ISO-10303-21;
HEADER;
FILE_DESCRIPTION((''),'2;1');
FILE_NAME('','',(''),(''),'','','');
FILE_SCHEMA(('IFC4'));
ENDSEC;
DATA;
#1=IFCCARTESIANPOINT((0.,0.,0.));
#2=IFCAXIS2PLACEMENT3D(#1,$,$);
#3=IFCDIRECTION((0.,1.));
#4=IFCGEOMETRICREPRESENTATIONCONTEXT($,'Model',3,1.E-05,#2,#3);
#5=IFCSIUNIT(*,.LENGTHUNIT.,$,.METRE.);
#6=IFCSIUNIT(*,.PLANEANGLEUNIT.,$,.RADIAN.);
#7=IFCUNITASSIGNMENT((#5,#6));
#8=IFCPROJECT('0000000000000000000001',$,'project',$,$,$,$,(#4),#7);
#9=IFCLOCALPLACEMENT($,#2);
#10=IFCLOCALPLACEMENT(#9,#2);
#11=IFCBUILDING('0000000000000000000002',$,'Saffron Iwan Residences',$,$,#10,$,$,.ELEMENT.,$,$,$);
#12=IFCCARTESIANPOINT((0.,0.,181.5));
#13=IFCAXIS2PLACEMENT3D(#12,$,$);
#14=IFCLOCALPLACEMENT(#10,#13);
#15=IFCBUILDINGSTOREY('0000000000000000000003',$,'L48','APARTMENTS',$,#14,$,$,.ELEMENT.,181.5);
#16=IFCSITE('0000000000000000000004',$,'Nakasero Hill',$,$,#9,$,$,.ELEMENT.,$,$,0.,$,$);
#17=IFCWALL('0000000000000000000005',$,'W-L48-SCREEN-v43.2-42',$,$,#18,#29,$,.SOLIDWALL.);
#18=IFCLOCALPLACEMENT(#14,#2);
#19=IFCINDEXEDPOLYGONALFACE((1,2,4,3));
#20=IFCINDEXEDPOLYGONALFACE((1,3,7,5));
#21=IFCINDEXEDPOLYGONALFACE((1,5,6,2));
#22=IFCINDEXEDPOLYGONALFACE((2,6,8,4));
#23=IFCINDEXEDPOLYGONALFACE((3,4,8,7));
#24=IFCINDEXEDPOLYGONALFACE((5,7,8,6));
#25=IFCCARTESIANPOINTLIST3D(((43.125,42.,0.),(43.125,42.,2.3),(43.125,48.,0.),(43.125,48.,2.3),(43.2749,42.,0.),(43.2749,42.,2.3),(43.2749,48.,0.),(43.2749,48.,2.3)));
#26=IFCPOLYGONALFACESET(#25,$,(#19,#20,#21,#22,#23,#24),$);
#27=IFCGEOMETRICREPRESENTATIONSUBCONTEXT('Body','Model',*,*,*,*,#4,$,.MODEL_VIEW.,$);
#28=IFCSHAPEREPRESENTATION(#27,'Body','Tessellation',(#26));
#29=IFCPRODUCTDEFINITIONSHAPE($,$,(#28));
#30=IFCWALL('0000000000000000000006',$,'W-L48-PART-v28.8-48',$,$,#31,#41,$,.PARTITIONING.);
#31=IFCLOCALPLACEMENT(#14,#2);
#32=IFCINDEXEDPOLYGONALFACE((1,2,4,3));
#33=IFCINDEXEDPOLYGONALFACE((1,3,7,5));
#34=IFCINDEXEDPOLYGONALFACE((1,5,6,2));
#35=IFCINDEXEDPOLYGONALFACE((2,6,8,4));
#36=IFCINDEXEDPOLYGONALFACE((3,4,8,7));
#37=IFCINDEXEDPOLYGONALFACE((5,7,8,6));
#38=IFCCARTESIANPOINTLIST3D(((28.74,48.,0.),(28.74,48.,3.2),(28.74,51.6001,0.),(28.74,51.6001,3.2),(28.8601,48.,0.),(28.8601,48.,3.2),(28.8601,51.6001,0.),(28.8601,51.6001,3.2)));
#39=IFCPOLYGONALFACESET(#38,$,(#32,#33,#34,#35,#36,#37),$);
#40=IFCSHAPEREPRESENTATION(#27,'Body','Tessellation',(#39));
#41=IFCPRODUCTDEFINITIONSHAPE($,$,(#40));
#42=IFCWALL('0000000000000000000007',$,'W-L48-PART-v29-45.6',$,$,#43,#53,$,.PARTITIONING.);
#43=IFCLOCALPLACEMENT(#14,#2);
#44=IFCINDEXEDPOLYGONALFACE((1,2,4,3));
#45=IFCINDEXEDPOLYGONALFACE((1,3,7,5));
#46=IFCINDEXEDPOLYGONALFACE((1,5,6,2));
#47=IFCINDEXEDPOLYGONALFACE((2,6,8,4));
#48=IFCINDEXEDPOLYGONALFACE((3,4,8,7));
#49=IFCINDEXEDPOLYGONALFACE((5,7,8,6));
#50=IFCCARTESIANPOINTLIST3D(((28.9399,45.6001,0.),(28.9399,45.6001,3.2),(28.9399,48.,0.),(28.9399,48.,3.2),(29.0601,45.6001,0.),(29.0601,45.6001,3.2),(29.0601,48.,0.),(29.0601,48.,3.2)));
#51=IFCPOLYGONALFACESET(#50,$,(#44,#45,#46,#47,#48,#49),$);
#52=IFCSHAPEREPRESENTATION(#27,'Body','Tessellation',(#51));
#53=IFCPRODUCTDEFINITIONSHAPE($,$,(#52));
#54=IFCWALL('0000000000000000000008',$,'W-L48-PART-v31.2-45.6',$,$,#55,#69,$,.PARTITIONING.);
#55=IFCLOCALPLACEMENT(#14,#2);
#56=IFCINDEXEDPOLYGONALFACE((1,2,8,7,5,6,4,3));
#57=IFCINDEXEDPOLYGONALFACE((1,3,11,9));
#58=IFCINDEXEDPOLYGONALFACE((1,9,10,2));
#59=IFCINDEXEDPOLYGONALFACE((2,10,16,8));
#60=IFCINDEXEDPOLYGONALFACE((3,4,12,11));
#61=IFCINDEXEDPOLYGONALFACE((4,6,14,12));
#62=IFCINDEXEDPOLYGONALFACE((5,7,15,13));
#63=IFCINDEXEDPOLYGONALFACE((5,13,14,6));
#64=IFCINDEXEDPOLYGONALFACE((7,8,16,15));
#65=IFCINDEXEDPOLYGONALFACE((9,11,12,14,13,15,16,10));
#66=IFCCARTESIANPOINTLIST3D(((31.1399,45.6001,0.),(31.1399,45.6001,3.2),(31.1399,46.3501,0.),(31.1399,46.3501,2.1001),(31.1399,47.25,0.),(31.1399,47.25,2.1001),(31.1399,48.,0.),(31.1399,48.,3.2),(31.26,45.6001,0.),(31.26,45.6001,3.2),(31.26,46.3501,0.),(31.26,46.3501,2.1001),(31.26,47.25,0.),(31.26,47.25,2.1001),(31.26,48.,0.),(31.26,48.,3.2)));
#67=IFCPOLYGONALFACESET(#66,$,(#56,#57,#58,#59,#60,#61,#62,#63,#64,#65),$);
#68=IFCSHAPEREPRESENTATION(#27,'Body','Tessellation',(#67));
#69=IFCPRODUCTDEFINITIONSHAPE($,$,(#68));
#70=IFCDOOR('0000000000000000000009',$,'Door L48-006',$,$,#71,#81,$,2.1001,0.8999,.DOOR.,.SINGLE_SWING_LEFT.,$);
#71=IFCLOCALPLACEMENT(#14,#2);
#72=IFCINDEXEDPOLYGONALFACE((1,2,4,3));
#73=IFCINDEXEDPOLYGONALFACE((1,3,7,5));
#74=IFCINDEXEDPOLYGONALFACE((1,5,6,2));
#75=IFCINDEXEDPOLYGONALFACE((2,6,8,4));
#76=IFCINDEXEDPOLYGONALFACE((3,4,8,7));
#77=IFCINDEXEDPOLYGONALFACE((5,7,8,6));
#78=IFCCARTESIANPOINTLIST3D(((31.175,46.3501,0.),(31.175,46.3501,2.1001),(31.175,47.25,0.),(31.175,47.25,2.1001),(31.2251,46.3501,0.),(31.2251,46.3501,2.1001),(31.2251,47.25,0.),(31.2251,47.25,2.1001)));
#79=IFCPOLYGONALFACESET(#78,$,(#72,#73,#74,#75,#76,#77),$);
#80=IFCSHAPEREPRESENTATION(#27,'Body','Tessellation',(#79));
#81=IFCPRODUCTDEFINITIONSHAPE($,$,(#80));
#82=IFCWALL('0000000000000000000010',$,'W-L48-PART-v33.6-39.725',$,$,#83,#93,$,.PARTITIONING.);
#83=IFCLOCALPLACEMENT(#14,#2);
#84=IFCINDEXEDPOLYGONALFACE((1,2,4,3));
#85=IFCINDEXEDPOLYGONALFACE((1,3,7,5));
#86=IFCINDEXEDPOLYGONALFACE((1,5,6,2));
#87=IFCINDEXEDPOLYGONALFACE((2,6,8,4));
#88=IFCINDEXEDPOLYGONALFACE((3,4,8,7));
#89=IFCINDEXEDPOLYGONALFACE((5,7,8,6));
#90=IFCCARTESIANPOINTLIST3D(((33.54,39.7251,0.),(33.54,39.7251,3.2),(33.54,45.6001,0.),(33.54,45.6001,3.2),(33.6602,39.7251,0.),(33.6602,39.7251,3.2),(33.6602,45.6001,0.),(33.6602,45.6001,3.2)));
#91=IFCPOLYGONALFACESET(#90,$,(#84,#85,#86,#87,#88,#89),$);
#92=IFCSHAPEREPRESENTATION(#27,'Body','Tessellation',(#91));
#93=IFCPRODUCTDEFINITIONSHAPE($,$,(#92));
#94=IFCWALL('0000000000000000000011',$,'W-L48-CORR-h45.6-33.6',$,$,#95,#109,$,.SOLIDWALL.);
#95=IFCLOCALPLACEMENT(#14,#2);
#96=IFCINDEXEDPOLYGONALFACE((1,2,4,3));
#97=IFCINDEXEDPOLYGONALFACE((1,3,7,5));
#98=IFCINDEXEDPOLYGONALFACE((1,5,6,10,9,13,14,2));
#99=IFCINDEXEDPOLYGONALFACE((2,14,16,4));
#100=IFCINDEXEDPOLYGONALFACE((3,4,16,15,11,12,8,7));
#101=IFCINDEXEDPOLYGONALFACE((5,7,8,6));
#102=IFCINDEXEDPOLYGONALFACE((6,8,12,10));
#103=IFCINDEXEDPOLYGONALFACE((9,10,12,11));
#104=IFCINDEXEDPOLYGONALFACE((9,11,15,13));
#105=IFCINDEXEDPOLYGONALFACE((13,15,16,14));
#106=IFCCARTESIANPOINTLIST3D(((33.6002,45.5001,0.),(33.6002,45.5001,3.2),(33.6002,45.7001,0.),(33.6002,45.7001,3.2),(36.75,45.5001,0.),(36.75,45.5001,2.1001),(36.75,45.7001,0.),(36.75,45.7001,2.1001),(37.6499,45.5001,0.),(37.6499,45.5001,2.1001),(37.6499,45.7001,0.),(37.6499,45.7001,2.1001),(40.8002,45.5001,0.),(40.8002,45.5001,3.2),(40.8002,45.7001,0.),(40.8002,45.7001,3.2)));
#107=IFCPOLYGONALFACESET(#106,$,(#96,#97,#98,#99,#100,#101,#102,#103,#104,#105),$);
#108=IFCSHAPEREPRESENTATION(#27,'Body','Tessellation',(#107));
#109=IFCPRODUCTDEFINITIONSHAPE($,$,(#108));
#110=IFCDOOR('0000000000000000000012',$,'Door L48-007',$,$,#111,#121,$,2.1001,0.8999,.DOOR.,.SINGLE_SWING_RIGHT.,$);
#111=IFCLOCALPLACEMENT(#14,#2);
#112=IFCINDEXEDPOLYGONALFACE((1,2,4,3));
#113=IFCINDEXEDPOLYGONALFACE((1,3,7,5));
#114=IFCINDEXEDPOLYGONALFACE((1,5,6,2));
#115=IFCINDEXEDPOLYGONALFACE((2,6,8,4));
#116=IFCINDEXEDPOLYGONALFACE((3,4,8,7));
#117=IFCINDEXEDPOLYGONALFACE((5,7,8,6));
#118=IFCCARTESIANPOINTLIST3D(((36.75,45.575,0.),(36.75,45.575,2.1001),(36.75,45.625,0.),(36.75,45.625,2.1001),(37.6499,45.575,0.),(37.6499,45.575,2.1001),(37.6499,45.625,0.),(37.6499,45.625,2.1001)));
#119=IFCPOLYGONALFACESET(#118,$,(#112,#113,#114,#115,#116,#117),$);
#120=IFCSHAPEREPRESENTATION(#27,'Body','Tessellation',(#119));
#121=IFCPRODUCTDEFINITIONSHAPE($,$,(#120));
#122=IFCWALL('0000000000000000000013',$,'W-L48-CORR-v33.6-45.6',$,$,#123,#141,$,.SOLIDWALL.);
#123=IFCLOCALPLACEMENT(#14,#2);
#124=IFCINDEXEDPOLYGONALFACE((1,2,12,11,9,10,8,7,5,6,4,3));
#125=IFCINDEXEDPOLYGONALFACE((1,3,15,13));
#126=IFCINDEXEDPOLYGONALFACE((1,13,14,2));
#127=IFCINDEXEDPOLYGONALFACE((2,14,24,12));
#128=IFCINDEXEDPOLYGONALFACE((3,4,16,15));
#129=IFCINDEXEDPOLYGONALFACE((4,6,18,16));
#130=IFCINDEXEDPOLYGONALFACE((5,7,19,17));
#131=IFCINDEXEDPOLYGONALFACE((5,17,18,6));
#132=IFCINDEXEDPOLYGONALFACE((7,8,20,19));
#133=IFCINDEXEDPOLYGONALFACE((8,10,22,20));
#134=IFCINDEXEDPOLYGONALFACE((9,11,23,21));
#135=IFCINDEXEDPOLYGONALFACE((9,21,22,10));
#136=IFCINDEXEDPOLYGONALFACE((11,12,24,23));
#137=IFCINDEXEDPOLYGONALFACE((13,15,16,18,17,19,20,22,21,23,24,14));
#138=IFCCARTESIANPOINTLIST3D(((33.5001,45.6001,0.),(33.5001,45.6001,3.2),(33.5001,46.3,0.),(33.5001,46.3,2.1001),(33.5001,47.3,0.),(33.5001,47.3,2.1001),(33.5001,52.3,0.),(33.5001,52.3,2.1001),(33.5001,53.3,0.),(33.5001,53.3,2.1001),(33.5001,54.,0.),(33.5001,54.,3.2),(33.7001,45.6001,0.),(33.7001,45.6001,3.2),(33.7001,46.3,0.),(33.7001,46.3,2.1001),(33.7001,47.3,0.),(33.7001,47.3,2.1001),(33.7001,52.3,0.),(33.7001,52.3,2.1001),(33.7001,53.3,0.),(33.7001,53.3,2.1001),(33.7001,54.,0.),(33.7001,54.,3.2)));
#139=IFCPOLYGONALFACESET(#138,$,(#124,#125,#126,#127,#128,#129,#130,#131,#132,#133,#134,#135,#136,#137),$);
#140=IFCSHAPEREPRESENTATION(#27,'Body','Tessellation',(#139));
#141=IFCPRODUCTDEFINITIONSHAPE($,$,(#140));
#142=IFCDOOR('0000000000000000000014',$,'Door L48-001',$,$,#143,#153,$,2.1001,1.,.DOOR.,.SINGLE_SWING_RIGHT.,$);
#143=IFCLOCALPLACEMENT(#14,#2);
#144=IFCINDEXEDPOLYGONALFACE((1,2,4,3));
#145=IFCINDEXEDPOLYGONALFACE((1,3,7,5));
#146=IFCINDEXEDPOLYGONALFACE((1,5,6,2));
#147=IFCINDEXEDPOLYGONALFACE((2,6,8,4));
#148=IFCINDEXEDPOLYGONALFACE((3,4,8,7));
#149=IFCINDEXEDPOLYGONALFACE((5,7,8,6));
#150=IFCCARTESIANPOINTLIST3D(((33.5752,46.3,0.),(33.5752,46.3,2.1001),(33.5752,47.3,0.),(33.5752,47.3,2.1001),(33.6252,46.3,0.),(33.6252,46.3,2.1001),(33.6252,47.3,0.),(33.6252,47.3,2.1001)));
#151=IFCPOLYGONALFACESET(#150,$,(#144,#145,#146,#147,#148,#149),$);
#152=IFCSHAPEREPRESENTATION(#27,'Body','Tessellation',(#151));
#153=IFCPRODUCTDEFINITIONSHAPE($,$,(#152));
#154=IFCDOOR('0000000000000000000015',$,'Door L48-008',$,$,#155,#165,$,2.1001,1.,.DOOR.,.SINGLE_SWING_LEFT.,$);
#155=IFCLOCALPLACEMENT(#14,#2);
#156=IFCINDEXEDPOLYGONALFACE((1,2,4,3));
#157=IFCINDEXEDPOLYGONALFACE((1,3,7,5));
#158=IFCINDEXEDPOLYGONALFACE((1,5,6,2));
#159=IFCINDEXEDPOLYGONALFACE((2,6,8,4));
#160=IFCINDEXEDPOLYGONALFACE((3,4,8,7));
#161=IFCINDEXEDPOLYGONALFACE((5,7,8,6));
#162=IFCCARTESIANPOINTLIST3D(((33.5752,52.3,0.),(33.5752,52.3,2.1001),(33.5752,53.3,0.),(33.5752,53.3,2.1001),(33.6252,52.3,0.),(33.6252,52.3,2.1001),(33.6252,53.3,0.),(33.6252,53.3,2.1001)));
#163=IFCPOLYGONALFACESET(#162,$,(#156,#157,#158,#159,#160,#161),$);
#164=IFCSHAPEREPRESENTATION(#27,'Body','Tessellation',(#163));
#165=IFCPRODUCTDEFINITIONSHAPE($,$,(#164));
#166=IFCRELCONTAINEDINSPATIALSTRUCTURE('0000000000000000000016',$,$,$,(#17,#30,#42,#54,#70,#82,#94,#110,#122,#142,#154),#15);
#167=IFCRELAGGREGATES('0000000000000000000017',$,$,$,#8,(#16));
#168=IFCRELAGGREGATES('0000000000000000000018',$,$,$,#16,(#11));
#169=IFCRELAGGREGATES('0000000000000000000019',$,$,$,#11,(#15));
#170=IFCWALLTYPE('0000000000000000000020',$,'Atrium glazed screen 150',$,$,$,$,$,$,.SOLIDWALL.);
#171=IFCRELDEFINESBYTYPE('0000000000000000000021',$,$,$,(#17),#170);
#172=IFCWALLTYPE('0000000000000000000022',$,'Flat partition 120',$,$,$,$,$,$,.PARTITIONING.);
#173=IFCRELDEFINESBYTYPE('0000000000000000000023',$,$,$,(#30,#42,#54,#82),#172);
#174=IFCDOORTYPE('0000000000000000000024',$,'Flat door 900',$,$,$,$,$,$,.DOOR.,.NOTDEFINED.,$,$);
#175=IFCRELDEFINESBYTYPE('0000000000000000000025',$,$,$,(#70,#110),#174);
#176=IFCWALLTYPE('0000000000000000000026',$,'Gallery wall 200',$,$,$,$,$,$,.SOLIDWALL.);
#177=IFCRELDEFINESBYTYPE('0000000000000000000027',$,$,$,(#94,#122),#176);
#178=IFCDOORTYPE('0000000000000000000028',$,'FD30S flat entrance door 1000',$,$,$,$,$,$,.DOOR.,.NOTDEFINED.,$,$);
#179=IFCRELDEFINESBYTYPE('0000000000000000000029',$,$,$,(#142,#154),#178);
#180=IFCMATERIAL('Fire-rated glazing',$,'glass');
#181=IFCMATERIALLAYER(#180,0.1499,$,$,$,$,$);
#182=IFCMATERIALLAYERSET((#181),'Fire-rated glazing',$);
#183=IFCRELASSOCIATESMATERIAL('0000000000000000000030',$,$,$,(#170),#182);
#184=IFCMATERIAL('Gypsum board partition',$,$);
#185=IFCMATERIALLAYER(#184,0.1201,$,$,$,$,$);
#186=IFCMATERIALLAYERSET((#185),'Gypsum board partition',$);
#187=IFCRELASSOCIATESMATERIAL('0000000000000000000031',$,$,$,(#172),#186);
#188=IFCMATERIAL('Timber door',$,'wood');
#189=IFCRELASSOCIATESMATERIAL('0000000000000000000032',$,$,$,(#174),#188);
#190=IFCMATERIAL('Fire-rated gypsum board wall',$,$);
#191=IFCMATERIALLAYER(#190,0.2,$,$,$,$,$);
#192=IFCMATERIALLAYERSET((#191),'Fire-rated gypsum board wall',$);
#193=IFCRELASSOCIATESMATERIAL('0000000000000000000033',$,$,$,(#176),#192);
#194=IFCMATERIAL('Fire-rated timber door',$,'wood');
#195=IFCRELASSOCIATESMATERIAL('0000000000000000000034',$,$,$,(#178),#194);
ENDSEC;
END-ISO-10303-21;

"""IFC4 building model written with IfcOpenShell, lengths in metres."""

from ifc_helpers import new_model, si_unit, direction, frame, frame_2d, origin, place, context, subcontext, project, spatial, rectangle, extrude, material, layer, layer_set, type_object, element, fill, save


model = new_model("IFC4")

# Units and contexts
model_context = context("Model", 3, precision=1e-05, world=origin(), true_north=direction((0.0, 1.0)))
body_context = subcontext(model_context, "Body", "Model", "MODEL_VIEW")
ifc_project = project(units=[si_unit("LENGTHUNIT", "METRE"), si_unit("PLANEANGLEUNIT", "RADIAN")], contexts=[model_context])

# Site, building, storey
site_placement = place(None, origin())
site = spatial("IfcSite", under=ifc_project, at=site_placement, Name="Nakasero Hill", CompositionType="ELEMENT", RefElevation=0.0)
building_placement = place(site_placement, origin())
building = spatial("IfcBuilding", under=site, at=building_placement, Name="Saffron Iwan Residences", CompositionType="ELEMENT")
storey_placement = place(building_placement, frame((0.0, 0.0, 181.5)))
storey = spatial("IfcBuildingStorey", under=building, at=storey_placement, Name="L48", Description="APARTMENTS", CompositionType="ELEMENT", Elevation=181.5)

# Walls
ifc_material_1 = material(Name="Fire-rated glazing", Category="glass")
ifc_layer_1 = layer(ifc_material_1, 0.1499)
ifc_layer_set_1 = layer_set([ifc_layer_1], Name="Fire-rated glazing")
wall_type_1 = type_object("IfcWallType", Name="Atrium glazed screen 150", PredefinedType="SOLIDWALL", material=ifc_layer_set_1)
wall_1_placement = place(storey_placement, frame((43.2, 42.0, 0.0), z_axis=(0.0, 0.0, 1.0), x_axis=(0.0, 1.0, 0.0)))
element("IfcWall", 1, at=wall_1_placement, inside=storey, type_object=wall_type_1, Name="W-L48-SCREEN-v43.2-42", PredefinedType="SOLIDWALL", context=body_context, shape_type="SweptSolid", body=[
    extrude(rectangle(XDim=6.0, YDim=0.1499, at=frame_2d((3.0, 0.0))), origin(), (0.0, 0.0, 1.0), 2.3),
])
ifc_material_2 = material(Name="Gypsum board partition")
ifc_layer_2 = layer(ifc_material_2, 0.1201)
ifc_layer_set_2 = layer_set([ifc_layer_2], Name="Gypsum board partition")
wall_type_2 = type_object("IfcWallType", Name="Flat partition 120", PredefinedType="PARTITIONING", material=ifc_layer_set_2)
wall_2_placement = place(storey_placement, frame((28.8, 48.0, 0.0), z_axis=(0.0, 0.0, 1.0), x_axis=(0.0, 1.0, 0.0)))
element("IfcWall", 2, at=wall_2_placement, inside=storey, type_object=wall_type_2, Name="W-L48-PART-v28.8-48", PredefinedType="PARTITIONING", context=body_context, shape_type="SweptSolid", body=[
    extrude(rectangle(XDim=3.6001, YDim=0.1201, at=frame_2d((1.8, 0.0))), origin(), (0.0, 0.0, 1.0), 3.2),
])
wall_3_placement = place(storey_placement, frame((29.0, 45.6001, 0.0), z_axis=(0.0, 0.0, 1.0), x_axis=(0.0, 1.0, 0.0)))
element("IfcWall", 3, at=wall_3_placement, inside=storey, type_object=wall_type_2, Name="W-L48-PART-v29-45.6", PredefinedType="PARTITIONING", context=body_context, shape_type="SweptSolid", body=[
    extrude(rectangle(XDim=2.3999, YDim=0.1201, at=frame_2d((1.2, 0.0))), origin(), (0.0, 0.0, 1.0), 3.2),
])

# Wall, opening, door
wall_4_placement = place(storey_placement, frame((31.2, 45.6001, 0.0), z_axis=(0.0, 0.0, 1.0), x_axis=(0.0, 1.0, 0.0)))
wall_4 = element("IfcWall", 4, at=wall_4_placement, inside=storey, type_object=wall_type_2, Name="W-L48-PART-v31.2-45.6", PredefinedType="PARTITIONING", context=body_context, shape_type="SweptSolid", body=[
    extrude(rectangle(XDim=2.3999, YDim=0.1201, at=frame_2d((1.2, 0.0))), origin(), (0.0, 0.0, 1.0), 3.2),
])
opening_1_placement = place(wall_4_placement, frame((0.75, 0.0, 0.0)))
opening_1 = element("IfcOpeningElement", 5, at=opening_1_placement, cuts=wall_4, PredefinedType="OPENING", context=body_context, shape_type="SweptSolid", body=[
    extrude(rectangle(XDim=0.8999, YDim=2.1001, at=frame_2d((0.45, 1.05))), frame((0.0, 0.0701, 0.0), z_axis=(0.0, -1.0, 0.0), x_axis=(1.0, 0.0, 0.0)), (0.0, 0.0, 1.0), 0.1401),
])
ifc_material_3 = material(Name="Timber door", Category="wood")
door_type_1 = type_object("IfcDoorType", Name="Flat door 900", OperationType="NOTDEFINED", PredefinedType="DOOR", material=ifc_material_3)
door_1_placement = place(opening_1_placement, origin())
door_1 = element("IfcDoor", 6, at=door_1_placement, inside=storey, type_object=door_type_1, Name="Door L48-006", OperationType="SINGLE_SWING_LEFT", OverallHeight=2.1001, OverallWidth=0.8999, PredefinedType="DOOR", context=body_context, shape_type="SweptSolid", body=[
    extrude(rectangle(XDim=0.8999, YDim=2.1001, at=frame_2d((0.45, 1.05))), frame((0.0, 0.0249, 0.0), z_axis=(0.0, -1.0, 0.0), x_axis=(1.0, 0.0, 0.0)), (0.0, 0.0, 1.0), 0.05),
])
fill(opening_1, door_1)

# Wall
wall_5_placement = place(storey_placement, frame((33.6001, 39.7251, 0.0), z_axis=(0.0, 0.0, 1.0), x_axis=(0.0, 1.0, 0.0)))
element("IfcWall", 7, at=wall_5_placement, inside=storey, type_object=wall_type_2, Name="W-L48-PART-v33.6-39.725", PredefinedType="PARTITIONING", context=body_context, shape_type="SweptSolid", body=[
    extrude(rectangle(XDim=5.875, YDim=0.1201, at=frame_2d((2.9375, 0.0))), origin(), (0.0, 0.0, 1.0), 3.2),
])

# Wall, opening, door
ifc_material_4 = material(Name="Fire-rated gypsum board wall")
ifc_layer_3 = layer(ifc_material_4, 0.2)
ifc_layer_set_3 = layer_set([ifc_layer_3], Name="Fire-rated gypsum board wall")
wall_type_3 = type_object("IfcWallType", Name="Gallery wall 200", PredefinedType="SOLIDWALL", material=ifc_layer_set_3)
wall_6_placement = place(storey_placement, frame((33.6001, 45.6001, 0.0), z_axis=(0.0, 0.0, 1.0), x_axis=(1.0, 0.0, 0.0)))
wall_6 = element("IfcWall", 8, at=wall_6_placement, inside=storey, type_object=wall_type_3, Name="W-L48-CORR-h45.6-33.6", PredefinedType="SOLIDWALL", context=body_context, shape_type="SweptSolid", body=[
    extrude(rectangle(XDim=7.2, YDim=0.2, at=frame_2d((3.6001, 0.0))), origin(), (0.0, 0.0, 1.0), 3.2),
])
opening_2_placement = place(wall_6_placement, frame((3.1499, 0.0, 0.0)))
opening_2 = element("IfcOpeningElement", 9, at=opening_2_placement, cuts=wall_6, PredefinedType="OPENING", context=body_context, shape_type="SweptSolid", body=[
    extrude(rectangle(XDim=0.8999, YDim=2.1001, at=frame_2d((0.45, 1.05))), frame((0.0, 0.1099, 0.0), z_axis=(0.0, -1.0, 0.0), x_axis=(1.0, 0.0, 0.0)), (0.0, 0.0, 1.0), 0.22),
])
door_2_placement = place(opening_2_placement, origin())
door_2 = element("IfcDoor", 10, at=door_2_placement, inside=storey, type_object=door_type_1, Name="Door L48-007", OperationType="SINGLE_SWING_RIGHT", OverallHeight=2.1001, OverallWidth=0.8999, PredefinedType="DOOR", context=body_context, shape_type="SweptSolid", body=[
    extrude(rectangle(XDim=0.8999, YDim=2.1001, at=frame_2d((0.45, 1.05))), frame((0.0, 0.0249, 0.0), z_axis=(0.0, -1.0, 0.0), x_axis=(1.0, 0.0, 0.0)), (0.0, 0.0, 1.0), 0.05),
])
fill(opening_2, door_2)

# Wall, openings, doors
wall_7_placement = place(storey_placement, frame((33.6001, 45.6001, 0.0), z_axis=(0.0, 0.0, 1.0), x_axis=(0.0, 1.0, 0.0)))
wall_7 = element("IfcWall", 11, at=wall_7_placement, inside=storey, type_object=wall_type_3, Name="W-L48-CORR-v33.6-45.6", PredefinedType="SOLIDWALL", context=body_context, shape_type="SweptSolid", body=[
    extrude(rectangle(XDim=8.3999, YDim=0.2, at=frame_2d((4.2, 0.0))), origin(), (0.0, 0.0, 1.0), 3.2),
])
opening_3_placement = place(wall_7_placement, frame((0.7, 0.0, 0.0)))
opening_3 = element("IfcOpeningElement", 12, at=opening_3_placement, cuts=wall_7, PredefinedType="OPENING", context=body_context, shape_type="SweptSolid", body=[
    extrude(rectangle(XDim=1.0, YDim=2.1001, at=frame_2d((0.5, 1.05))), frame((0.0, 0.1099, 0.0), z_axis=(0.0, -1.0, 0.0), x_axis=(1.0, 0.0, 0.0)), (0.0, 0.0, 1.0), 0.22),
])
opening_4_placement = place(wall_7_placement, frame((6.7, 0.0, 0.0)))
opening_4 = element("IfcOpeningElement", 13, at=opening_4_placement, cuts=wall_7, PredefinedType="OPENING", context=body_context, shape_type="SweptSolid", body=[
    extrude(rectangle(XDim=1.0, YDim=2.1001, at=frame_2d((0.5, 1.05))), frame((0.0, 0.1099, 0.0), z_axis=(0.0, -1.0, 0.0), x_axis=(1.0, 0.0, 0.0)), (0.0, 0.0, 1.0), 0.22),
])
ifc_material_5 = material(Name="Fire-rated timber door", Category="wood")
door_type_2 = type_object("IfcDoorType", Name="FD30S flat entrance door 1000", OperationType="NOTDEFINED", PredefinedType="DOOR", material=ifc_material_5)
door_3_placement = place(opening_3_placement, origin())
door_3 = element("IfcDoor", 14, at=door_3_placement, inside=storey, type_object=door_type_2, Name="Door L48-001", OperationType="SINGLE_SWING_RIGHT", OverallHeight=2.1001, OverallWidth=1.0, PredefinedType="DOOR", context=body_context, shape_type="SweptSolid", body=[
    extrude(rectangle(XDim=1.0, YDim=2.1001, at=frame_2d((0.5, 1.05))), frame((0.0, 0.0249, 0.0), z_axis=(0.0, -1.0, 0.0), x_axis=(1.0, 0.0, 0.0)), (0.0, 0.0, 1.0), 0.05),
])
fill(opening_3, door_3)
door_4_placement = place(opening_4_placement, origin())
door_4 = element("IfcDoor", 15, at=door_4_placement, inside=storey, type_object=door_type_2, Name="Door L48-008", OperationType="SINGLE_SWING_LEFT", OverallHeight=2.1001, OverallWidth=1.0, PredefinedType="DOOR", context=body_context, shape_type="SweptSolid", body=[
    extrude(rectangle(XDim=1.0, YDim=2.1001, at=frame_2d((0.5, 1.05))), frame((0.0, 0.0249, 0.0), z_axis=(0.0, -1.0, 0.0), x_axis=(1.0, 0.0, 0.0)), (0.0, 0.0, 1.0), 0.05),
])
fill(opening_4, door_4)

save(model, "model.ifc")
